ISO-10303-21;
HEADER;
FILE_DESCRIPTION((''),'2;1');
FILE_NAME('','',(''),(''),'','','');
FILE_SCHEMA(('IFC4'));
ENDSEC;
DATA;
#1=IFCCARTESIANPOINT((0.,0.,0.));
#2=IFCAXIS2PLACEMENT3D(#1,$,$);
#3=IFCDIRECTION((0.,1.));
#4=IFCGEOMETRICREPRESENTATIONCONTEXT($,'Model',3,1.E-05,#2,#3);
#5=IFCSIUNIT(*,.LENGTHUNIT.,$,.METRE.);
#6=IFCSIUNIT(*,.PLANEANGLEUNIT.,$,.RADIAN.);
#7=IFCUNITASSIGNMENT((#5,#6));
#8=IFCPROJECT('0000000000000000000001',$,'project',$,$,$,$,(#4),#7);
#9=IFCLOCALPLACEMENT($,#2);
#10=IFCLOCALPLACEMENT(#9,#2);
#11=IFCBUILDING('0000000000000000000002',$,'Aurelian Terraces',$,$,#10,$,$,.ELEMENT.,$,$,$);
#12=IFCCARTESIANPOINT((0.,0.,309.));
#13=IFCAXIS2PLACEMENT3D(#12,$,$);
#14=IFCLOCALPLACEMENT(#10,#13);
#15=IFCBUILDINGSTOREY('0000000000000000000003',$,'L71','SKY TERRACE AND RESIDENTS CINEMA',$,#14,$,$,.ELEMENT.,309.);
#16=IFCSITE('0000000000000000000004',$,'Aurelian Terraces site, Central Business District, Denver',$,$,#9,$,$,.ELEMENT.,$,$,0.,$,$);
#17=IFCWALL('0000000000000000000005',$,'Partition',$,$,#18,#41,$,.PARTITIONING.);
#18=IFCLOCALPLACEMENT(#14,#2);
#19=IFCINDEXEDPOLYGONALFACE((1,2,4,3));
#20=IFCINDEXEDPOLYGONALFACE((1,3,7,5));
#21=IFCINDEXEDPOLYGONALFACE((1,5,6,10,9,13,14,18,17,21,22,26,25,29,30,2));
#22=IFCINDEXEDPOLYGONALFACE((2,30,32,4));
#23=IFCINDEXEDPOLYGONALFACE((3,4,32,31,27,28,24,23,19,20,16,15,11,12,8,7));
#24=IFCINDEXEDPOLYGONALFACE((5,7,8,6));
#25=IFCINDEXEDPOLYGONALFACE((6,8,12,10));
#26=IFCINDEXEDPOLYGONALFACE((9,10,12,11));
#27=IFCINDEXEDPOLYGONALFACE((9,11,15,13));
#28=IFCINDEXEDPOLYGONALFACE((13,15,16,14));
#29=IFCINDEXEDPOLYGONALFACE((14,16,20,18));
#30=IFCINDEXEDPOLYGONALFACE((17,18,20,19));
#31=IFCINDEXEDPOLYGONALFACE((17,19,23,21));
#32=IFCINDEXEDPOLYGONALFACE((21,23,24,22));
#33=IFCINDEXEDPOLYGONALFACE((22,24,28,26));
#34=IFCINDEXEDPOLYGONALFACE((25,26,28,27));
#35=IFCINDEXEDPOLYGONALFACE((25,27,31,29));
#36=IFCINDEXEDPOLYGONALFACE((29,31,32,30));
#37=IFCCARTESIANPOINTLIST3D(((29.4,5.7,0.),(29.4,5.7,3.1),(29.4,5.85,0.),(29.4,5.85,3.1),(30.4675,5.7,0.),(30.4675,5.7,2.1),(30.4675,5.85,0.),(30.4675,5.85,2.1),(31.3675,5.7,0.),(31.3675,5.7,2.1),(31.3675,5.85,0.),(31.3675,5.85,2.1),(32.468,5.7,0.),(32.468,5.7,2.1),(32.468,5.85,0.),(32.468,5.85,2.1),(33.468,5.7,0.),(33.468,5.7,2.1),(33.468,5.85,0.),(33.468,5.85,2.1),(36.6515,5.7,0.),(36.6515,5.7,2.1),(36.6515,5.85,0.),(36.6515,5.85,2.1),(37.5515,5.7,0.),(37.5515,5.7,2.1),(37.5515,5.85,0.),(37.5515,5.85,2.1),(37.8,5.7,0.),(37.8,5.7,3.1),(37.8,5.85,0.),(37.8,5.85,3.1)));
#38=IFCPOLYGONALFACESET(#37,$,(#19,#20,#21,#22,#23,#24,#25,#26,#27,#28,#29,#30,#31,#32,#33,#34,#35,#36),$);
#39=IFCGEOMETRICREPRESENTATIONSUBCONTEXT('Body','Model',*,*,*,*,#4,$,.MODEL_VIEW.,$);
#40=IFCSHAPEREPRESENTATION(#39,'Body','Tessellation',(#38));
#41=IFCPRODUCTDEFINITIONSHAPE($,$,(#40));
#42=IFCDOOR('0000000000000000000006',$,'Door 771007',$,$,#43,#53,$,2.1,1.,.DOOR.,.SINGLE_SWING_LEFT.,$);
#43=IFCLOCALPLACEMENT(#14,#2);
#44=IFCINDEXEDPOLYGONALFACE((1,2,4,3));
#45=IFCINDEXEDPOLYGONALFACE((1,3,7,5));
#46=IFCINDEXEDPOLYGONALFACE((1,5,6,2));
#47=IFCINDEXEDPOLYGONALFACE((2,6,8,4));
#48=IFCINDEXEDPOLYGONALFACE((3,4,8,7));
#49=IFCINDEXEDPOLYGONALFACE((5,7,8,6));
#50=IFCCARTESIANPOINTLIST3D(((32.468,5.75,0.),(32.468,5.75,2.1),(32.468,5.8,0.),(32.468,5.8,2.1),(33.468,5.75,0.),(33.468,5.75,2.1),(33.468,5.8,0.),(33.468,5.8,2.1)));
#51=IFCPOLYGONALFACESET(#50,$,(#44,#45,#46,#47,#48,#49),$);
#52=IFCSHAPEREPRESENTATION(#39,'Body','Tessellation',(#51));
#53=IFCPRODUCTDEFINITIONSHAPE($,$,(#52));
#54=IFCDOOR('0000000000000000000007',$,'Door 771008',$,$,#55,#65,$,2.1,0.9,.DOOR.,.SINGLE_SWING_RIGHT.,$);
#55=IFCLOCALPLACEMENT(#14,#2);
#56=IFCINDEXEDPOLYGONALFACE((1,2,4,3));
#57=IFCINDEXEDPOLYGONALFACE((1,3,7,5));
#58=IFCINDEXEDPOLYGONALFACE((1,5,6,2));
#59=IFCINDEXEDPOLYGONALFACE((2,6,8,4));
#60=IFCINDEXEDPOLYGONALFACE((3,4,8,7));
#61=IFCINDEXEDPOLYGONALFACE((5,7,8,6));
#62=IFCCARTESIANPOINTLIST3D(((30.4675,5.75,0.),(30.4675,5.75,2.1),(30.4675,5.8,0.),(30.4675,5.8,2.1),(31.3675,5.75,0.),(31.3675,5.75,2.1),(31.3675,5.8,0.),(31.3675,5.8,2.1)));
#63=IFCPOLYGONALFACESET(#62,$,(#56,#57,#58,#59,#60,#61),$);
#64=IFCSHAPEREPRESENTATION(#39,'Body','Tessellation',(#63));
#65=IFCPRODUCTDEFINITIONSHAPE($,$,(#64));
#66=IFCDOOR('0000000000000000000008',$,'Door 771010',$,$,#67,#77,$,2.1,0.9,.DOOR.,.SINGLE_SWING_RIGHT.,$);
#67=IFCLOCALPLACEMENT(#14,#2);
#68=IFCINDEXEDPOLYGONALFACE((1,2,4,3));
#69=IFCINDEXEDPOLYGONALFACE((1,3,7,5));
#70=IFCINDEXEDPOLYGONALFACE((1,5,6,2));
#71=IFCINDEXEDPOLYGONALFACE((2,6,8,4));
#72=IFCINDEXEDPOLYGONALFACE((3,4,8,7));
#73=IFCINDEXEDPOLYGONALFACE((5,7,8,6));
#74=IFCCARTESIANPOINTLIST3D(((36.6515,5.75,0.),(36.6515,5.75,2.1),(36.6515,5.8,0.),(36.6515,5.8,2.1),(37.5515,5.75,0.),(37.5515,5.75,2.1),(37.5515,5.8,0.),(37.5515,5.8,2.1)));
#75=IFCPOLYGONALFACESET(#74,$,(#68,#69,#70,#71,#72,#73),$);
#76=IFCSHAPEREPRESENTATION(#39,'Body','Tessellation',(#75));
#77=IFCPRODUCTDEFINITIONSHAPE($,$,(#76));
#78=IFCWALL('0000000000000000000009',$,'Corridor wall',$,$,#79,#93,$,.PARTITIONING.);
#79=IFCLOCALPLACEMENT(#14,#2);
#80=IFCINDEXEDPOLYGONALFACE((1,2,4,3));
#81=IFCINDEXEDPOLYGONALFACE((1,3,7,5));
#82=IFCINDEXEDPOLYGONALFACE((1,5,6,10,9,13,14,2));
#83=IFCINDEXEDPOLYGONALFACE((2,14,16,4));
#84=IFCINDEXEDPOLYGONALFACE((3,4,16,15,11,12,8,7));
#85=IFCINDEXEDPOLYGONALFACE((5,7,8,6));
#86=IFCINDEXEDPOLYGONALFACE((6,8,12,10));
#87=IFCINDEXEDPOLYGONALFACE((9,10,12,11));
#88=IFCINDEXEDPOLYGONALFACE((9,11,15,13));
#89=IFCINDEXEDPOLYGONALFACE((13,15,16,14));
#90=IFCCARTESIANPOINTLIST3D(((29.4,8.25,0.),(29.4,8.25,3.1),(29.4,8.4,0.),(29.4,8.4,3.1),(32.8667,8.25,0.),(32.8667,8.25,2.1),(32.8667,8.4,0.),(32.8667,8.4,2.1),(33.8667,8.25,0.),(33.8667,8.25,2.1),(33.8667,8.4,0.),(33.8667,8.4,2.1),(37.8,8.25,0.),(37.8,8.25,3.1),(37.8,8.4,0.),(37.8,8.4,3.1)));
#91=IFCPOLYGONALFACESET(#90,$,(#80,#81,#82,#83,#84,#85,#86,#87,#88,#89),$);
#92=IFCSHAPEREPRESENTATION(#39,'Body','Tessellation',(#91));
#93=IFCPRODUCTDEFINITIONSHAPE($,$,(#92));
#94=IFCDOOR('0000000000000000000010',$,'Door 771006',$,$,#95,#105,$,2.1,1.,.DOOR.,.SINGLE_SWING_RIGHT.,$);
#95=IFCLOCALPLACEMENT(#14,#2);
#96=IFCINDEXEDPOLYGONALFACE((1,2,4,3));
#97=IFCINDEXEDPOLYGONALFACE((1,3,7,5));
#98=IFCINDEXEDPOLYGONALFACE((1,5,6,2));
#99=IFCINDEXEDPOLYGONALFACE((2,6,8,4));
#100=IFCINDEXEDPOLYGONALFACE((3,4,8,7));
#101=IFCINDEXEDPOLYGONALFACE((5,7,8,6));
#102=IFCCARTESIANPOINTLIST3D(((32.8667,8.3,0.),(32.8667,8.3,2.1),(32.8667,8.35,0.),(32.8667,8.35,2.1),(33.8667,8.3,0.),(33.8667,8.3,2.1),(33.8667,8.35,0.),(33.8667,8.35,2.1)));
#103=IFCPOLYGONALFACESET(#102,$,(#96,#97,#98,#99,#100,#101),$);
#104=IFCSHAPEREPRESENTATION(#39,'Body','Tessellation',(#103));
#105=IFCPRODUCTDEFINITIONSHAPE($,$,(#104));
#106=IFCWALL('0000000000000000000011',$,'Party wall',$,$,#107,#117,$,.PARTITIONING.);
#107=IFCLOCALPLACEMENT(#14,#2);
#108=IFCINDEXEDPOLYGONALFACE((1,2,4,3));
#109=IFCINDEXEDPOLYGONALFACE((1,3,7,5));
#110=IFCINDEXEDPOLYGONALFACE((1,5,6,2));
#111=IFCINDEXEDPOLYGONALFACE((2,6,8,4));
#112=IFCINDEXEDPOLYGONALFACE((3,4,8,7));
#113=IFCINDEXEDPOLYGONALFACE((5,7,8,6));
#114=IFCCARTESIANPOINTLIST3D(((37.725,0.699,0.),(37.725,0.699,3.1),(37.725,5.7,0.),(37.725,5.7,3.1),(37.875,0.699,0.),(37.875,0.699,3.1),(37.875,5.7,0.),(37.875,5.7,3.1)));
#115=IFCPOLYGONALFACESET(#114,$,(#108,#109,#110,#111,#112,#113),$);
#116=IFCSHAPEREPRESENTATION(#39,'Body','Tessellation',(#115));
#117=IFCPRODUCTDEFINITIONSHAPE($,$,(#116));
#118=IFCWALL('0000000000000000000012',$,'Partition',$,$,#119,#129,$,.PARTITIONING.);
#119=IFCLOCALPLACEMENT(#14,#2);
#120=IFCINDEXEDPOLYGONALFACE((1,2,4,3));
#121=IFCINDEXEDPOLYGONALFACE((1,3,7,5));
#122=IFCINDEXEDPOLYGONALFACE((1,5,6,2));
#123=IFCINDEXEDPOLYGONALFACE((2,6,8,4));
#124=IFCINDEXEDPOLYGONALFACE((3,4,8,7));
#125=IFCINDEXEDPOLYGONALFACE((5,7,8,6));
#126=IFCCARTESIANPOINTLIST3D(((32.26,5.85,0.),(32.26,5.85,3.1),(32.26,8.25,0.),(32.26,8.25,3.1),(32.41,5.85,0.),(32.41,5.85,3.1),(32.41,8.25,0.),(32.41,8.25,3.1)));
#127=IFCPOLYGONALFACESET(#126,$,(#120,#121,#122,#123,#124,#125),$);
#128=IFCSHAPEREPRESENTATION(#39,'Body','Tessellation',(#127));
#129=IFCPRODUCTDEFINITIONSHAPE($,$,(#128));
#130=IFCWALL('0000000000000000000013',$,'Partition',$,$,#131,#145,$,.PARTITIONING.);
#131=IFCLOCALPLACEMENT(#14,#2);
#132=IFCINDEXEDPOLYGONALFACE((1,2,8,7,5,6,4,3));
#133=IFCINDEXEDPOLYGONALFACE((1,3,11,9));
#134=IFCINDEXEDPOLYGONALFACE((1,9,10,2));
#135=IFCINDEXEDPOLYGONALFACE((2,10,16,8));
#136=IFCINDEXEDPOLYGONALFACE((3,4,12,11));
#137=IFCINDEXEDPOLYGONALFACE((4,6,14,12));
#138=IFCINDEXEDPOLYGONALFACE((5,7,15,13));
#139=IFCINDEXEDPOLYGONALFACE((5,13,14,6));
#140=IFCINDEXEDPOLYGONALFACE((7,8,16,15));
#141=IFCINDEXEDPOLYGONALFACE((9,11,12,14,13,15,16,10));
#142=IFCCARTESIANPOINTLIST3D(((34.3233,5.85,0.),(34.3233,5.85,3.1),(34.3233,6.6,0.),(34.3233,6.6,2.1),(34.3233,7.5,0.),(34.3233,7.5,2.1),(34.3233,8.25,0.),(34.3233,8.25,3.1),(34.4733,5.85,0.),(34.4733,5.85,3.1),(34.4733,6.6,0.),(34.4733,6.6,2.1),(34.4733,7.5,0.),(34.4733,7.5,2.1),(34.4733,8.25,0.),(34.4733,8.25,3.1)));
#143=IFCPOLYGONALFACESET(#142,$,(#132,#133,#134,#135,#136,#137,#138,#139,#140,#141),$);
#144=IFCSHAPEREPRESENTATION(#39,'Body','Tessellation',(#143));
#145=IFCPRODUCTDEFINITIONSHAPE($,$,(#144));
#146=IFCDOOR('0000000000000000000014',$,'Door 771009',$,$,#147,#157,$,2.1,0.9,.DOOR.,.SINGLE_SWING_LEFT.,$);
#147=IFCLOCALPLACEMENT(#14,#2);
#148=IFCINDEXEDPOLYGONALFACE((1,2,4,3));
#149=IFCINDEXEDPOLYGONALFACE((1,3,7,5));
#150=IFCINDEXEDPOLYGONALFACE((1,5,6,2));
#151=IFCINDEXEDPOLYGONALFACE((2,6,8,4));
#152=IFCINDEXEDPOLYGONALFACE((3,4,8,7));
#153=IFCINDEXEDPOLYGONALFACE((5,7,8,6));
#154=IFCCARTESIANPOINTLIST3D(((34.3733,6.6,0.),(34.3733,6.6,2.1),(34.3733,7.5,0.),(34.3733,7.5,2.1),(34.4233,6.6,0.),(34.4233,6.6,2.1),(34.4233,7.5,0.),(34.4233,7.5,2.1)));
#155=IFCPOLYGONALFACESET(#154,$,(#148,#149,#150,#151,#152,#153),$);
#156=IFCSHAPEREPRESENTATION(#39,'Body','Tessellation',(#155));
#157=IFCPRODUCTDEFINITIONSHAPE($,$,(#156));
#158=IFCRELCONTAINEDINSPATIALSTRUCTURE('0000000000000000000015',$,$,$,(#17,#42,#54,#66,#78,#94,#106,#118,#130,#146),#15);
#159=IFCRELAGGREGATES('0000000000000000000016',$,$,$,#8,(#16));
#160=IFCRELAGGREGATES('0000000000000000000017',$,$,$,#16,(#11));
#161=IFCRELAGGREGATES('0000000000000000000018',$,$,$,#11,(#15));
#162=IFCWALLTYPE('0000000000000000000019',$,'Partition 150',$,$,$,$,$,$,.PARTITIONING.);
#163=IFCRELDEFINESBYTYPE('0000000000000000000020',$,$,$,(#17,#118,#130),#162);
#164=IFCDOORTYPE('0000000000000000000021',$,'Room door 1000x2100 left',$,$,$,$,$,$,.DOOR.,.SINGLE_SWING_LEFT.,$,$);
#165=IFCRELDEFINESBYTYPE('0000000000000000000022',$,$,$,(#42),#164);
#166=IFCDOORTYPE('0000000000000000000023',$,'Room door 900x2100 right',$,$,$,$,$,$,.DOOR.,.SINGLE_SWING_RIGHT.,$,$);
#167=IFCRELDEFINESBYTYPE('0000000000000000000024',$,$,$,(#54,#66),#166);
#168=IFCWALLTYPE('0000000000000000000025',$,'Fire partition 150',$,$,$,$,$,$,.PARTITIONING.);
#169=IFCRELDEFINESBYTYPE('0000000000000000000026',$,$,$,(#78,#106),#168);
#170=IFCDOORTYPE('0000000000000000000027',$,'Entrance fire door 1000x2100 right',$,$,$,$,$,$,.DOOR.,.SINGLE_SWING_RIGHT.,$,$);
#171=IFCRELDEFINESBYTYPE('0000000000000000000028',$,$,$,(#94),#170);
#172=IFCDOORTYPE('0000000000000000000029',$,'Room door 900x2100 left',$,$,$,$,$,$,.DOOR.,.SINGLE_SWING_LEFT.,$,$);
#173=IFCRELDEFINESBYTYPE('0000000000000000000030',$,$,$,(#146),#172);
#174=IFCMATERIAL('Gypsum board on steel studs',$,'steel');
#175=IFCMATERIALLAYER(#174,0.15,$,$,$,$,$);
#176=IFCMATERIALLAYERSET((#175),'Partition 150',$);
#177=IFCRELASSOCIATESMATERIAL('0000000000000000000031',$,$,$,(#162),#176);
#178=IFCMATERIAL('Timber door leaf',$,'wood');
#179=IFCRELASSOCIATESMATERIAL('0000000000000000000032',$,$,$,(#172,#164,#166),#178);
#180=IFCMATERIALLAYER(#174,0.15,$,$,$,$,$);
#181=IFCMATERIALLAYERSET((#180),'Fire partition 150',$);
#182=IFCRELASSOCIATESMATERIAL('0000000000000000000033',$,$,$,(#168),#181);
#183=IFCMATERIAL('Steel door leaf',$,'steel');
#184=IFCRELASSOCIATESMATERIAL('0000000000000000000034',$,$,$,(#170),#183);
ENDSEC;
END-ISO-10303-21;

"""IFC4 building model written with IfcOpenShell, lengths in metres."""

from ifc_helpers import new_model, si_unit, direction, frame, frame_2d, origin, place, context, subcontext, project, spatial, rectangle, extrude, source, transform, mapped, material, layer, layer_set, type_object, element, fill, save


model = new_model("IFC4")

# Units and contexts
model_context = context("Model", 3, precision=1e-05, world=origin(), true_north=direction((0.0, 1.0)))
body_context = subcontext(model_context, "Body", "Model", "MODEL_VIEW")
ifc_project = project(units=[si_unit("LENGTHUNIT", "METRE"), si_unit("PLANEANGLEUNIT", "RADIAN")], contexts=[model_context])

# Site, building, storey
site_placement = place(None, origin())
site = spatial("IfcSite", under=ifc_project, at=site_placement, Name="Aurelian Terraces site, Central Business District, Denver", CompositionType="ELEMENT", RefElevation=0.0)
building_placement = place(site_placement, origin())
building = spatial("IfcBuilding", under=site, at=building_placement, Name="Aurelian Terraces", CompositionType="ELEMENT")
storey_placement = place(building_placement, frame((0.0, 0.0, 309.0)))
storey = spatial("IfcBuildingStorey", under=building, at=storey_placement, Name="L71", Description="SKY TERRACE AND RESIDENTS CINEMA", CompositionType="ELEMENT", Elevation=309.0)

# Shared definitions
ifc_material_1 = material(Name="Gypsum board on steel studs", Category="steel")
ifc_layer_1 = layer(ifc_material_1, 0.15)
ifc_layer_set_1 = layer_set([ifc_layer_1], Name="Partition 150")
wall_type_1 = type_object("IfcWallType", Name="Partition 150", PredefinedType="PARTITIONING", material=ifc_layer_set_1)
shared_shape_1 = source(origin(), body_context, "Body", "SweptSolid", [
    extrude(rectangle(XDim=0.9, YDim=2.1, at=frame_2d((0.45, 1.05))), frame((0.0, 0.085, 0.0), z_axis=(0.0, -1.0, 0.0), x_axis=(1.0, 0.0, 0.0)), (0.0, 0.0, 1.0), 0.17),
])
ifc_material_2 = material(Name="Timber door leaf", Category="wood")
door_type_1 = type_object("IfcDoorType", Name="Room door 900x2100 left", OperationType="SINGLE_SWING_LEFT", PredefinedType="DOOR", material=ifc_material_2)
shared_shape_2 = source(origin(), body_context, "Body", "SweptSolid", [
    extrude(rectangle(XDim=0.9, YDim=2.1, at=frame_2d((0.45, 1.05))), frame((0.0, 0.025, 0.0), z_axis=(0.0, -1.0, 0.0), x_axis=(1.0, 0.0, 0.0)), (0.0, 0.0, 1.0), 0.05),
])

# Wall, openings, doors
shared_shape_3 = source(origin(), body_context, "Body", "SweptSolid", [
    extrude(rectangle(XDim=8.4, YDim=0.15, at=frame_2d((4.2, 0.0))), origin(), (0.0, 0.0, 1.0), 3.1),
])
wall_1_placement = place(storey_placement, frame((37.8, 5.775, 0.0), z_axis=(0.0, 0.0, 1.0), x_axis=(-1.0, 0.0, 0.0)))
wall_1 = element("IfcWall", 1, at=wall_1_placement, inside=storey, type_object=wall_type_1, Name="Partition", PredefinedType="PARTITIONING", context=body_context, shape_type="MappedRepresentation", body=[
    mapped(shared_shape_3, transform((0.0, 0.0, 0.0), scale=1.0)),
])
shared_shape_4 = source(origin(), body_context, "Body", "SweptSolid", [
    extrude(rectangle(XDim=1.0, YDim=2.1, at=frame_2d((0.5, 1.05))), frame((0.0, 0.085, 0.0), z_axis=(0.0, -1.0, 0.0), x_axis=(1.0, 0.0, 0.0)), (0.0, 0.0, 1.0), 0.17),
])
opening_1_placement = place(wall_1_placement, frame((4.332, 0.0, 0.0)))
opening_1 = element("IfcOpeningElement", 2, at=opening_1_placement, cuts=wall_1, PredefinedType="OPENING", context=body_context, shape_type="MappedRepresentation", body=[
    mapped(shared_shape_4, transform((0.0, 0.0, 0.0), scale=1.0)),
])
opening_2_placement = place(wall_1_placement, frame((6.4325, 0.0, 0.0)))
opening_2 = element("IfcOpeningElement", 3, at=opening_2_placement, cuts=wall_1, PredefinedType="OPENING", context=body_context, shape_type="MappedRepresentation", body=[
    mapped(shared_shape_1, transform((0.0, 0.0, 0.0), scale=1.0)),
])
opening_3_placement = place(wall_1_placement, frame((0.2485, 0.0, 0.0)))
opening_3 = element("IfcOpeningElement", 4, at=opening_3_placement, cuts=wall_1, PredefinedType="OPENING", context=body_context, shape_type="MappedRepresentation", body=[
    mapped(shared_shape_1, transform((0.0, 0.0, 0.0), scale=1.0)),
])
door_type_2 = type_object("IfcDoorType", Name="Room door 1000x2100 left", OperationType="SINGLE_SWING_LEFT", PredefinedType="DOOR", material=ifc_material_2)
shared_shape_5 = source(origin(), body_context, "Body", "SweptSolid", [
    extrude(rectangle(XDim=1.0, YDim=2.1, at=frame_2d((0.5, 1.05))), frame((0.0, 0.025, 0.0), z_axis=(0.0, -1.0, 0.0), x_axis=(1.0, 0.0, 0.0)), (0.0, 0.0, 1.0), 0.05),
])
door_1_placement = place(opening_1_placement, origin())
door_1 = element("IfcDoor", 5, at=door_1_placement, inside=storey, type_object=door_type_2, Name="Door 771007", OperationType="SINGLE_SWING_LEFT", OverallHeight=2.1, OverallWidth=1.0, PredefinedType="DOOR", context=body_context, shape_type="MappedRepresentation", body=[
    mapped(shared_shape_5, transform((0.0, 0.0, 0.0), scale=1.0)),
])
fill(opening_1, door_1)
door_type_3 = type_object("IfcDoorType", Name="Room door 900x2100 right", OperationType="SINGLE_SWING_RIGHT", PredefinedType="DOOR", material=ifc_material_2)
door_2_placement = place(opening_2_placement, origin())
door_2 = element("IfcDoor", 6, at=door_2_placement, inside=storey, type_object=door_type_3, Name="Door 771008", OperationType="SINGLE_SWING_RIGHT", OverallHeight=2.1, OverallWidth=0.9, PredefinedType="DOOR", context=body_context, shape_type="MappedRepresentation", body=[
    mapped(shared_shape_2, transform((0.0, 0.0, 0.0), scale=1.0)),
])
fill(opening_2, door_2)
door_3_placement = place(opening_3_placement, origin())
door_3 = element("IfcDoor", 7, at=door_3_placement, inside=storey, type_object=door_type_3, Name="Door 771010", OperationType="SINGLE_SWING_RIGHT", OverallHeight=2.1, OverallWidth=0.9, PredefinedType="DOOR", context=body_context, shape_type="MappedRepresentation", body=[
    mapped(shared_shape_2, transform((0.0, 0.0, 0.0), scale=1.0)),
])
fill(opening_3, door_3)

# Wall, opening, door
ifc_layer_2 = layer(ifc_material_1, 0.15)
ifc_layer_set_2 = layer_set([ifc_layer_2], Name="Fire partition 150")
wall_type_2 = type_object("IfcWallType", Name="Fire partition 150", PredefinedType="PARTITIONING", material=ifc_layer_set_2)
wall_2_placement = place(storey_placement, frame((37.8, 8.325, 0.0), z_axis=(0.0, 0.0, 1.0), x_axis=(-1.0, 0.0, 0.0)))
wall_2 = element("IfcWall", 8, at=wall_2_placement, inside=storey, type_object=wall_type_2, Name="Corridor wall", PredefinedType="PARTITIONING", context=body_context, shape_type="MappedRepresentation", body=[
    mapped(shared_shape_3, transform((0.0, 0.0, 0.0), scale=1.0)),
])
opening_4_placement = place(wall_2_placement, frame((3.9333, 0.0, 0.0)))
opening_4 = element("IfcOpeningElement", 9, at=opening_4_placement, cuts=wall_2, PredefinedType="OPENING", context=body_context, shape_type="MappedRepresentation", body=[
    mapped(shared_shape_4, transform((0.0, 0.0, 0.0), scale=1.0)),
])
ifc_material_3 = material(Name="Steel door leaf", Category="steel")
door_type_4 = type_object("IfcDoorType", Name="Entrance fire door 1000x2100 right", OperationType="SINGLE_SWING_RIGHT", PredefinedType="DOOR", material=ifc_material_3)
door_4_placement = place(opening_4_placement, origin())
door_4 = element("IfcDoor", 10, at=door_4_placement, inside=storey, type_object=door_type_4, Name="Door 771006", OperationType="SINGLE_SWING_RIGHT", OverallHeight=2.1, OverallWidth=1.0, PredefinedType="DOOR", context=body_context, shape_type="MappedRepresentation", body=[
    mapped(shared_shape_5, transform((0.0, 0.0, 0.0), scale=1.0)),
])
fill(opening_4, door_4)

# Walls
shared_shape_6 = source(origin(), body_context, "Body", "SweptSolid", [
    extrude(rectangle(XDim=5.001, YDim=0.15, at=frame_2d((2.5005, 0.0))), origin(), (0.0, 0.0, 1.0), 3.1),
])
wall_3_placement = place(storey_placement, frame((37.8, 0.699, 0.0), z_axis=(0.0, 0.0, 1.0), x_axis=(0.0, 1.0, 0.0)))
element("IfcWall", 11, at=wall_3_placement, inside=storey, type_object=wall_type_2, Name="Party wall", PredefinedType="PARTITIONING", context=body_context, shape_type="MappedRepresentation", body=[
    mapped(shared_shape_6, transform((0.0, 0.0, 0.0), scale=1.0)),
])
shared_shape_7 = source(origin(), body_context, "Body", "SweptSolid", [
    extrude(rectangle(XDim=2.4, YDim=0.15, at=frame_2d((1.2, 0.0))), origin(), (0.0, 0.0, 1.0), 3.1),
])
wall_4_placement = place(storey_placement, frame((32.335, 5.85, 0.0), z_axis=(0.0, 0.0, 1.0), x_axis=(0.0, 1.0, 0.0)))
element("IfcWall", 12, at=wall_4_placement, inside=storey, type_object=wall_type_1, Name="Partition", PredefinedType="PARTITIONING", context=body_context, shape_type="MappedRepresentation", body=[
    mapped(shared_shape_7, transform((0.0, 0.0, 0.0), scale=1.0)),
])

# Wall, opening, door
wall_5_placement = place(storey_placement, frame((34.3983, 5.85, 0.0), z_axis=(0.0, 0.0, 1.0), x_axis=(0.0, 1.0, 0.0)))
wall_5 = element("IfcWall", 13, at=wall_5_placement, inside=storey, type_object=wall_type_1, Name="Partition", PredefinedType="PARTITIONING", context=body_context, shape_type="MappedRepresentation", body=[
    mapped(shared_shape_7, transform((0.0, 0.0, 0.0), scale=1.0)),
])
opening_5_placement = place(wall_5_placement, frame((0.75, 0.0, 0.0)))
opening_5 = element("IfcOpeningElement", 14, at=opening_5_placement, cuts=wall_5, PredefinedType="OPENING", context=body_context, shape_type="MappedRepresentation", body=[
    mapped(shared_shape_1, transform((0.0, 0.0, 0.0), scale=1.0)),
])
door_5_placement = place(opening_5_placement, origin())
door_5 = element("IfcDoor", 15, at=door_5_placement, inside=storey, type_object=door_type_1, Name="Door 771009", OperationType="SINGLE_SWING_LEFT", OverallHeight=2.1, OverallWidth=0.9, PredefinedType="DOOR", context=body_context, shape_type="MappedRepresentation", body=[
    mapped(shared_shape_2, transform((0.0, 0.0, 0.0), scale=1.0)),
])
fill(opening_5, door_5)

save(model, "model.ifc")
